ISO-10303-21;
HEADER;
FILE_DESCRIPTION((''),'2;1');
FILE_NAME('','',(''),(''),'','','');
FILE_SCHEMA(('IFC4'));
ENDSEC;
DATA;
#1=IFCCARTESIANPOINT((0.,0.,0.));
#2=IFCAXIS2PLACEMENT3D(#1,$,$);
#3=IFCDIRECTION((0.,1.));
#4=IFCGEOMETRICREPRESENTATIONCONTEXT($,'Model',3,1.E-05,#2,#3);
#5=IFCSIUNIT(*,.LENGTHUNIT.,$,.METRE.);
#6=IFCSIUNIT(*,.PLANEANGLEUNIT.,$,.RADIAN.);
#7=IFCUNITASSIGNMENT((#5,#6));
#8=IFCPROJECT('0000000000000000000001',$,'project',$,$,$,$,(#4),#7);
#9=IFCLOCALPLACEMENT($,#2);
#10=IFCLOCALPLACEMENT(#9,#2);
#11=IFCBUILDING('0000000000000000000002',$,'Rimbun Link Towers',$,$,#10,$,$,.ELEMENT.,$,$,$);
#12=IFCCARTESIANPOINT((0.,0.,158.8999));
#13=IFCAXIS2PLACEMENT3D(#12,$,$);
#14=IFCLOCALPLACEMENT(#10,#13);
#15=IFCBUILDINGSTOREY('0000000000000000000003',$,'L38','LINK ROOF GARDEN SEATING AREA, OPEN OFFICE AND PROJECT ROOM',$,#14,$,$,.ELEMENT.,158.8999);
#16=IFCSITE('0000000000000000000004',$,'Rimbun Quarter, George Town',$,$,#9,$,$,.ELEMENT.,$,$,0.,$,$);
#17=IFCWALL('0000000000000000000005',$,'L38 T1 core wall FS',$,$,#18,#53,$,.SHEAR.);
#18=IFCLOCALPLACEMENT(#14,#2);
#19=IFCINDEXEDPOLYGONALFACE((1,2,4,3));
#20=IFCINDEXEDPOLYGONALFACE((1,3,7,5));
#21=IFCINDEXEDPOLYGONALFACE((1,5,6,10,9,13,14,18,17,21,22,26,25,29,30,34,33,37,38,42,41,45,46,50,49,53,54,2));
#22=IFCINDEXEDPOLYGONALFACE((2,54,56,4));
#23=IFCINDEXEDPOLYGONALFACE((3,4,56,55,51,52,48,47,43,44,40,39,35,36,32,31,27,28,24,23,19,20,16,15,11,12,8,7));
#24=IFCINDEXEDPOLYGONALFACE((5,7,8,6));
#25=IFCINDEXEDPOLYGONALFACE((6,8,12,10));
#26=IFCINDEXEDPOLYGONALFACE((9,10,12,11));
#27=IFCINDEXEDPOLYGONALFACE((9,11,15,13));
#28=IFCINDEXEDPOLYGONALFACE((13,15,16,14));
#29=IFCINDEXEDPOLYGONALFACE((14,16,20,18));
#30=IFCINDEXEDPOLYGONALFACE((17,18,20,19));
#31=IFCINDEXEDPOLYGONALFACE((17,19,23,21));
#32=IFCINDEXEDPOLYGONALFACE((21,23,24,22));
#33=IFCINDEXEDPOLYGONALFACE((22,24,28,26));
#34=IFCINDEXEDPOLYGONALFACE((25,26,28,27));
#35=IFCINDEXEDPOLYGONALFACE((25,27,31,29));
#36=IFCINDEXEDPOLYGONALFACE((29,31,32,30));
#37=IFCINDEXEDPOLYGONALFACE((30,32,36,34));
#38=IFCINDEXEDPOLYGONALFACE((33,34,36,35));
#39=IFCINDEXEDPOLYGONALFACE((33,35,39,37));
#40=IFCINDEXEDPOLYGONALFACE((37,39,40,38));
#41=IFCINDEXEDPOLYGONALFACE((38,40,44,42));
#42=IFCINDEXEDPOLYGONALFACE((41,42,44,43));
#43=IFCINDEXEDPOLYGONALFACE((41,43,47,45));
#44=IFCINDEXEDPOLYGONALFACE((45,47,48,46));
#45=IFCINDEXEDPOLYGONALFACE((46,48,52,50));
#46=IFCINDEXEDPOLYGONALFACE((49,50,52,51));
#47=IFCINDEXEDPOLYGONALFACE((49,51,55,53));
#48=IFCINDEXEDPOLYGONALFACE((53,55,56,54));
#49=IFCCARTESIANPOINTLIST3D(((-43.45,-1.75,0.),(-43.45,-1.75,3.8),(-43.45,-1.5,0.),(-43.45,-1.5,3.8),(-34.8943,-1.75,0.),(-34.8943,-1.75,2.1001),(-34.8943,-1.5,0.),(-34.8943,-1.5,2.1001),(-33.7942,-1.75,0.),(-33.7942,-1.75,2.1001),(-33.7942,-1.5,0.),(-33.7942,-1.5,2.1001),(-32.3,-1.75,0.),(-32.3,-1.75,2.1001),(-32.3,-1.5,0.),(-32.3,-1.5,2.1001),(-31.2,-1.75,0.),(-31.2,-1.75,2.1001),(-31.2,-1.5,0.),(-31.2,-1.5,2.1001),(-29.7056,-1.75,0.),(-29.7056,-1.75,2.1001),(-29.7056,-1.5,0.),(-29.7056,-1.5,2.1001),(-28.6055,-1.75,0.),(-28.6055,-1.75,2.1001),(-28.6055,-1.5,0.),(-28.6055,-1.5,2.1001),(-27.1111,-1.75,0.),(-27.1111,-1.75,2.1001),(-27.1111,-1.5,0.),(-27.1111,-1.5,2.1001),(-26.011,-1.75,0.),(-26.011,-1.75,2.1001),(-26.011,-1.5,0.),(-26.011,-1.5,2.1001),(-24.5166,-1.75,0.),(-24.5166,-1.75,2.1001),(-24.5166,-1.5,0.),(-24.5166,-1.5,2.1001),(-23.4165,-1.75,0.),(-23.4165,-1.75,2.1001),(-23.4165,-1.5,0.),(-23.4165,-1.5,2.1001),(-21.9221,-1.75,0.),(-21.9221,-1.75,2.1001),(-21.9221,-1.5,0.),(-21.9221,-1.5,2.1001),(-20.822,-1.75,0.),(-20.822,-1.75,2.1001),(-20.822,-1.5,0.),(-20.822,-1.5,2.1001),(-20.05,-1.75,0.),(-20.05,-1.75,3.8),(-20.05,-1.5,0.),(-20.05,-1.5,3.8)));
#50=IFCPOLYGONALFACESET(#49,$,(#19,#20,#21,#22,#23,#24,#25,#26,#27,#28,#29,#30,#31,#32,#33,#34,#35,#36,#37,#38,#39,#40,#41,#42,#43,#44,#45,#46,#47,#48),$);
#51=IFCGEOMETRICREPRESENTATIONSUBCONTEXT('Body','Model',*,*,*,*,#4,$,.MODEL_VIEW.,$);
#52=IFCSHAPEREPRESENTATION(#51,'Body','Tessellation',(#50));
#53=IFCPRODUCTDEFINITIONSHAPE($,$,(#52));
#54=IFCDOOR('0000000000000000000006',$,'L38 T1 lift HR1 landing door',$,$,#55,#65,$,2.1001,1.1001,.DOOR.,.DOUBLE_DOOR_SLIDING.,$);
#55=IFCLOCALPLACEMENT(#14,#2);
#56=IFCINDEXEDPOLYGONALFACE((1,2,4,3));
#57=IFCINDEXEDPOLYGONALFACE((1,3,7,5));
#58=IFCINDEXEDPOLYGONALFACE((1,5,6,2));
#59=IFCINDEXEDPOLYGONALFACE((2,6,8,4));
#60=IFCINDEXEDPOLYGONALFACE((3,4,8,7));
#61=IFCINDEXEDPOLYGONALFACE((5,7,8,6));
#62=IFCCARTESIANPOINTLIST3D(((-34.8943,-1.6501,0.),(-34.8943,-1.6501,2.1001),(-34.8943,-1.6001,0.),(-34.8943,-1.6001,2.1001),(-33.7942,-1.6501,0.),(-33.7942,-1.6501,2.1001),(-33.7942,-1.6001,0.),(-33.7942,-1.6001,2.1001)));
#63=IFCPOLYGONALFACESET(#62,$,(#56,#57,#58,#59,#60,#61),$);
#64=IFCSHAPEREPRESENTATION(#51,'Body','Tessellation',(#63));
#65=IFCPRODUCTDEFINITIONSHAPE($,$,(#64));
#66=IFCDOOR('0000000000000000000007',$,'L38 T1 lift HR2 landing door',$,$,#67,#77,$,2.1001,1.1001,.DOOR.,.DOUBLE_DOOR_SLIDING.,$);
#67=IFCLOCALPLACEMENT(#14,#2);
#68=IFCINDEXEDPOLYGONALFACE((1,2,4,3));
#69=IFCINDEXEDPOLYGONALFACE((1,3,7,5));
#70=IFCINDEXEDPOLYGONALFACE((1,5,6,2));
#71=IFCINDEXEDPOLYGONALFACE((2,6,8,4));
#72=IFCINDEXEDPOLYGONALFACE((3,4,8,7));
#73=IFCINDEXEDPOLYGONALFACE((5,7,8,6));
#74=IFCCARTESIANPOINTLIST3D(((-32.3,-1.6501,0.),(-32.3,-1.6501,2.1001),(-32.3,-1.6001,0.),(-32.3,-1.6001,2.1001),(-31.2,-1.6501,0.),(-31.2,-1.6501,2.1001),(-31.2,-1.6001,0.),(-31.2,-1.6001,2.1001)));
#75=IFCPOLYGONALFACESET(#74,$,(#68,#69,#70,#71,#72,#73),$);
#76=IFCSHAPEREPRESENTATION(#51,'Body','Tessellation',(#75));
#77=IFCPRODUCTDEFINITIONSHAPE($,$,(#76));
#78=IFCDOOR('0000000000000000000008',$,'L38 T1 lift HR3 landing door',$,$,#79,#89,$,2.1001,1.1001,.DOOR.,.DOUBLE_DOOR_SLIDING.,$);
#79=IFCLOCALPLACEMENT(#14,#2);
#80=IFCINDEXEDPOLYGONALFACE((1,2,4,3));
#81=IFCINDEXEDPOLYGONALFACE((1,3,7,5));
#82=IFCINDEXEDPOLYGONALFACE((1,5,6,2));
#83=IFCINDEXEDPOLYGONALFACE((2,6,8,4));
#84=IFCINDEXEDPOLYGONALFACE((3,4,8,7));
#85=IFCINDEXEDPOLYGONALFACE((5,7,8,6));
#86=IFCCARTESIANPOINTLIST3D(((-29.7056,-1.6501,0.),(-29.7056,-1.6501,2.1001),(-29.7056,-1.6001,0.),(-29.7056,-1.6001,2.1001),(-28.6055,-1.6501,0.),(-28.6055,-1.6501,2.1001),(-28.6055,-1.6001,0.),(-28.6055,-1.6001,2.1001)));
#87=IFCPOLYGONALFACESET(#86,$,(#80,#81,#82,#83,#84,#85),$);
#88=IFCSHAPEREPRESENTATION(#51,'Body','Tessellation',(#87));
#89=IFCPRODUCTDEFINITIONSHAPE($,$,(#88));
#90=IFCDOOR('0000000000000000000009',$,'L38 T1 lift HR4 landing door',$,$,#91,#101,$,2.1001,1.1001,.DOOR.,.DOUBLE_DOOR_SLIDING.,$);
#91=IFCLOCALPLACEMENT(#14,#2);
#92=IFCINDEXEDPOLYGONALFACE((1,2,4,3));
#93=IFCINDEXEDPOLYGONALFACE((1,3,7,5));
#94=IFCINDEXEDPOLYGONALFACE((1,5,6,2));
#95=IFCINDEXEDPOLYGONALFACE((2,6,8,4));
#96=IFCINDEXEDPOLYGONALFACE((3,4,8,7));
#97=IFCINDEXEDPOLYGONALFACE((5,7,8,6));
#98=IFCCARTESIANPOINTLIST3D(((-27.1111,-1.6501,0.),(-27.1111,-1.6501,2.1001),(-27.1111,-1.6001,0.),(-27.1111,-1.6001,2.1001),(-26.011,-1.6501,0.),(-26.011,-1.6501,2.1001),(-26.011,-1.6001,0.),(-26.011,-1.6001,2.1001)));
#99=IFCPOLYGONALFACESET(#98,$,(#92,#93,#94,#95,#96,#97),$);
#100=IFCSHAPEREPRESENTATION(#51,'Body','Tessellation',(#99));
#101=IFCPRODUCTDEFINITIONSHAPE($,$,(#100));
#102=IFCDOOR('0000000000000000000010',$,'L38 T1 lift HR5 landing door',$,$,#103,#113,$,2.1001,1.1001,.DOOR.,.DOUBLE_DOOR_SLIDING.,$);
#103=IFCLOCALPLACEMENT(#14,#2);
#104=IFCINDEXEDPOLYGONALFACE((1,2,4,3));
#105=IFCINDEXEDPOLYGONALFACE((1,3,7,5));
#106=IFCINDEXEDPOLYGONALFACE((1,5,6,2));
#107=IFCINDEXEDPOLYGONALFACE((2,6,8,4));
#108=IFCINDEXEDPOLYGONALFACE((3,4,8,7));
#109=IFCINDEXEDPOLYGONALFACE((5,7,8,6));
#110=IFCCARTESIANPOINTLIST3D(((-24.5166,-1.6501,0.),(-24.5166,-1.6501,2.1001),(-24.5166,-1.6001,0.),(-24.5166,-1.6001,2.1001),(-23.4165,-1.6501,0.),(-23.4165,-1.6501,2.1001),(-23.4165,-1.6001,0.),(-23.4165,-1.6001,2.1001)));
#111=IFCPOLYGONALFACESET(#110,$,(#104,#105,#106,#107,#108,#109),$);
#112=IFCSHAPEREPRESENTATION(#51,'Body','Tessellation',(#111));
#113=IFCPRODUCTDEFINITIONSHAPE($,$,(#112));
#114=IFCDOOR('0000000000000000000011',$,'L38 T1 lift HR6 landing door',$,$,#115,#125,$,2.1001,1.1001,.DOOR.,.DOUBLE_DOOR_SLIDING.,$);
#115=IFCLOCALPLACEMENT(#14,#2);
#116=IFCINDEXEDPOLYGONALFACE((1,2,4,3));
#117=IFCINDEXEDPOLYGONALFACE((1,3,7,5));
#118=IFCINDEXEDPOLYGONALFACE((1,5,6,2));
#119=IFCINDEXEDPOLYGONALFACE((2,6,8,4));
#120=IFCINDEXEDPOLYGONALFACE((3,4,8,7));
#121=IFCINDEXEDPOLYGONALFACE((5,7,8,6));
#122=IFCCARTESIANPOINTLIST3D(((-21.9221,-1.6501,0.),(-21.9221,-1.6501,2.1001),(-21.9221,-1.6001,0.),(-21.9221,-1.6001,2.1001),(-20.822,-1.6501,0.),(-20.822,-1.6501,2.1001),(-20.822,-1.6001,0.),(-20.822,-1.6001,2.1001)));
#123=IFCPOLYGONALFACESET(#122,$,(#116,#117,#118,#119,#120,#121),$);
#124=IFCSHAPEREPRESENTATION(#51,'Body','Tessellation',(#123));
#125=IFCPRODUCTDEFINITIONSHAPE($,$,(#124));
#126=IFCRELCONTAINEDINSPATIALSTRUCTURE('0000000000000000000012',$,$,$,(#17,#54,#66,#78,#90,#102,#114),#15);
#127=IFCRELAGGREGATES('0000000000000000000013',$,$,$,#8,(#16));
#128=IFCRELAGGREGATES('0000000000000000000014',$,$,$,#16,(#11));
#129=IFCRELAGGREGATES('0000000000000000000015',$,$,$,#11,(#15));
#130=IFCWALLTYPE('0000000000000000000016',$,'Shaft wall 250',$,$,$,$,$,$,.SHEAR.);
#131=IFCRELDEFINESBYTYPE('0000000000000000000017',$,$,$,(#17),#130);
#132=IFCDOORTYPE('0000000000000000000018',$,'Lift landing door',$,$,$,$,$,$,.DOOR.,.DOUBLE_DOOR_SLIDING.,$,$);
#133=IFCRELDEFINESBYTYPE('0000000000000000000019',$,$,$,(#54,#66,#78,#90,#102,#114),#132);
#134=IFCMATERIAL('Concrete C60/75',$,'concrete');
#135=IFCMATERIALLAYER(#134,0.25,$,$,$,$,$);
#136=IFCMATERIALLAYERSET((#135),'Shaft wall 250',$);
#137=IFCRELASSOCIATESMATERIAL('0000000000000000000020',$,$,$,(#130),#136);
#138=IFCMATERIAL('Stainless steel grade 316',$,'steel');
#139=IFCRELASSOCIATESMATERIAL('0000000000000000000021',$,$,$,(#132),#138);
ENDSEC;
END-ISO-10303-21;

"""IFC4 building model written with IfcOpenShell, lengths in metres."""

from ifc_helpers import new_model, si_unit, direction, frame, frame_2d, origin, place, context, subcontext, project, spatial, rectangle, extrude, material, layer, layer_set, type_object, element, fill, save


model = new_model("IFC4")

# Units and contexts
model_context = context("Model", 3, precision=1e-05, world=origin(), true_north=direction((0.0, 1.0)))
body_context = subcontext(model_context, "Body", "Model", "MODEL_VIEW")
ifc_project = project(units=[si_unit("LENGTHUNIT", "METRE"), si_unit("PLANEANGLEUNIT", "RADIAN")], contexts=[model_context])

# Site, building, storey
site_placement = place(None, origin())
site = spatial("IfcSite", under=ifc_project, at=site_placement, Name="Rimbun Quarter, George Town", CompositionType="ELEMENT", RefElevation=0.0)
building_placement = place(site_placement, origin())
building = spatial("IfcBuilding", under=site, at=building_placement, Name="Rimbun Link Towers", CompositionType="ELEMENT")
storey_placement = place(building_placement, frame((0.0, 0.0, 158.8999)))
storey = spatial("IfcBuildingStorey", under=building, at=storey_placement, Name="L38", Description="LINK ROOF GARDEN SEATING AREA, OPEN OFFICE AND PROJECT ROOM", CompositionType="ELEMENT", Elevation=158.8999)

# Shared definitions
ifc_material_1 = material(Name="Concrete C60/75", Category="concrete")
ifc_layer_1 = layer(ifc_material_1, 0.25)
ifc_layer_set_1 = layer_set([ifc_layer_1], Name="Shaft wall 250")
wall_type_1 = type_object("IfcWallType", Name="Shaft wall 250", PredefinedType="SHEAR", material=ifc_layer_set_1)

# Wall, openings, doors
wall_1_placement = place(storey_placement, frame((-43.45, -1.625, 0.0), z_axis=(0.0, 0.0, 1.0), x_axis=(1.0, 0.0, 0.0)))
wall_1 = element("IfcWall", 1, at=wall_1_placement, inside=storey, type_object=wall_type_1, Name="L38 T1 core wall FS", PredefinedType="SHEAR", context=body_context, shape_type="SweptSolid", body=[
    extrude(rectangle(XDim=23.3999, YDim=0.25, at=frame_2d((11.7, 0.0))), origin(), (0.0, 0.0, 1.0), 3.8),
])
opening_1_placement = place(wall_1_placement, frame((8.5557, 0.0, 0.0)))
opening_1 = element("IfcOpeningElement", 2, at=opening_1_placement, cuts=wall_1, PredefinedType="OPENING", context=body_context, shape_type="SweptSolid", body=[
    extrude(rectangle(XDim=1.1001, YDim=2.1001, at=frame_2d((0.55, 1.05))), frame((0.0, 0.135, 0.0), z_axis=(0.0, -1.0, 0.0), x_axis=(1.0, 0.0, 0.0)), (0.0, 0.0, 1.0), 0.27),
])
opening_2_placement = place(wall_1_placement, frame((11.1499, 0.0, 0.0)))
opening_2 = element("IfcOpeningElement", 3, at=opening_2_placement, cuts=wall_1, PredefinedType="OPENING", context=body_context, shape_type="SweptSolid", body=[
    extrude(rectangle(XDim=1.1001, YDim=2.1001, at=frame_2d((0.55, 1.05))), frame((0.0, 0.135, 0.0), z_axis=(0.0, -1.0, 0.0), x_axis=(1.0, 0.0, 0.0)), (0.0, 0.0, 1.0), 0.27),
])
opening_3_placement = place(wall_1_placement, frame((13.7444, 0.0, 0.0)))
opening_3 = element("IfcOpeningElement", 4, at=opening_3_placement, cuts=wall_1, PredefinedType="OPENING", context=body_context, shape_type="SweptSolid", body=[
    extrude(rectangle(XDim=1.1001, YDim=2.1001, at=frame_2d((0.55, 1.05))), frame((0.0, 0.135, 0.0), z_axis=(0.0, -1.0, 0.0), x_axis=(1.0, 0.0, 0.0)), (0.0, 0.0, 1.0), 0.27),
])
opening_4_placement = place(wall_1_placement, frame((16.3389, 0.0, 0.0)))
opening_4 = element("IfcOpeningElement", 5, at=opening_4_placement, cuts=wall_1, PredefinedType="OPENING", context=body_context, shape_type="SweptSolid", body=[
    extrude(rectangle(XDim=1.1001, YDim=2.1001, at=frame_2d((0.55, 1.05))), frame((0.0, 0.135, 0.0), z_axis=(0.0, -1.0, 0.0), x_axis=(1.0, 0.0, 0.0)), (0.0, 0.0, 1.0), 0.27),
])
opening_5_placement = place(wall_1_placement, frame((18.9333, 0.0, 0.0)))
opening_5 = element("IfcOpeningElement", 6, at=opening_5_placement, cuts=wall_1, PredefinedType="OPENING", context=body_context, shape_type="SweptSolid", body=[
    extrude(rectangle(XDim=1.1001, YDim=2.1001, at=frame_2d((0.55, 1.05))), frame((0.0, 0.135, 0.0), z_axis=(0.0, -1.0, 0.0), x_axis=(1.0, 0.0, 0.0)), (0.0, 0.0, 1.0), 0.27),
])
opening_6_placement = place(wall_1_placement, frame((21.5278, 0.0, 0.0)))
opening_6 = element("IfcOpeningElement", 7, at=opening_6_placement, cuts=wall_1, PredefinedType="OPENING", context=body_context, shape_type="SweptSolid", body=[
    extrude(rectangle(XDim=1.1001, YDim=2.1001, at=frame_2d((0.55, 1.05))), frame((0.0, 0.135, 0.0), z_axis=(0.0, -1.0, 0.0), x_axis=(1.0, 0.0, 0.0)), (0.0, 0.0, 1.0), 0.27),
])
ifc_material_2 = material(Name="Stainless steel grade 316", Category="steel")
door_type_1 = type_object("IfcDoorType", Name="Lift landing door", OperationType="DOUBLE_DOOR_SLIDING", PredefinedType="DOOR", material=ifc_material_2)
door_1_placement = place(opening_1_placement, origin())
door_1 = element("IfcDoor", 8, at=door_1_placement, inside=storey, type_object=door_type_1, Name="L38 T1 lift HR1 landing door", OperationType="DOUBLE_DOOR_SLIDING", OverallHeight=2.1001, OverallWidth=1.1001, PredefinedType="DOOR", context=body_context, shape_type="SweptSolid", body=[
    extrude(rectangle(XDim=1.1001, YDim=2.1001, at=frame_2d((0.55, 1.05))), frame((0.0, 0.0249, 0.0), z_axis=(0.0, -1.0, 0.0), x_axis=(1.0, 0.0, 0.0)), (0.0, 0.0, 1.0), 0.05),
])
fill(opening_1, door_1)
door_2_placement = place(opening_2_placement, origin())
door_2 = element("IfcDoor", 9, at=door_2_placement, inside=storey, type_object=door_type_1, Name="L38 T1 lift HR2 landing door", OperationType="DOUBLE_DOOR_SLIDING", OverallHeight=2.1001, OverallWidth=1.1001, PredefinedType="DOOR", context=body_context, shape_type="SweptSolid", body=[
    extrude(rectangle(XDim=1.1001, YDim=2.1001, at=frame_2d((0.55, 1.05))), frame((0.0, 0.0249, 0.0), z_axis=(0.0, -1.0, 0.0), x_axis=(1.0, 0.0, 0.0)), (0.0, 0.0, 1.0), 0.05),
])
fill(opening_2, door_2)
door_3_placement = place(opening_3_placement, origin())
door_3 = element("IfcDoor", 10, at=door_3_placement, inside=storey, type_object=door_type_1, Name="L38 T1 lift HR3 landing door", OperationType="DOUBLE_DOOR_SLIDING", OverallHeight=2.1001, OverallWidth=1.1001, PredefinedType="DOOR", context=body_context, shape_type="SweptSolid", body=[
    extrude(rectangle(XDim=1.1001, YDim=2.1001, at=frame_2d((0.55, 1.05))), frame((0.0, 0.0249, 0.0), z_axis=(0.0, -1.0, 0.0), x_axis=(1.0, 0.0, 0.0)), (0.0, 0.0, 1.0), 0.05),
])
fill(opening_3, door_3)
door_4_placement = place(opening_4_placement, origin())
door_4 = element("IfcDoor", 11, at=door_4_placement, inside=storey, type_object=door_type_1, Name="L38 T1 lift HR4 landing door", OperationType="DOUBLE_DOOR_SLIDING", OverallHeight=2.1001, OverallWidth=1.1001, PredefinedType="DOOR", context=body_context, shape_type="SweptSolid", body=[
    extrude(rectangle(XDim=1.1001, YDim=2.1001, at=frame_2d((0.55, 1.05))), frame((0.0, 0.0249, 0.0), z_axis=(0.0, -1.0, 0.0), x_axis=(1.0, 0.0, 0.0)), (0.0, 0.0, 1.0), 0.05),
])
fill(opening_4, door_4)
door_5_placement = place(opening_5_placement, origin())
door_5 = element("IfcDoor", 12, at=door_5_placement, inside=storey, type_object=door_type_1, Name="L38 T1 lift HR5 landing door", OperationType="DOUBLE_DOOR_SLIDING", OverallHeight=2.1001, OverallWidth=1.1001, PredefinedType="DOOR", context=body_context, shape_type="SweptSolid", body=[
    extrude(rectangle(XDim=1.1001, YDim=2.1001, at=frame_2d((0.55, 1.05))), frame((0.0, 0.0249, 0.0), z_axis=(0.0, -1.0, 0.0), x_axis=(1.0, 0.0, 0.0)), (0.0, 0.0, 1.0), 0.05),
])
fill(opening_5, door_5)
door_6_placement = place(opening_6_placement, origin())
door_6 = element("IfcDoor", 13, at=door_6_placement, inside=storey, type_object=door_type_1, Name="L38 T1 lift HR6 landing door", OperationType="DOUBLE_DOOR_SLIDING", OverallHeight=2.1001, OverallWidth=1.1001, PredefinedType="DOOR", context=body_context, shape_type="SweptSolid", body=[
    extrude(rectangle(XDim=1.1001, YDim=2.1001, at=frame_2d((0.55, 1.05))), frame((0.0, 0.0249, 0.0), z_axis=(0.0, -1.0, 0.0), x_axis=(1.0, 0.0, 0.0)), (0.0, 0.0, 1.0), 0.05),
])
fill(opening_6, door_6)

save(model, "model.ifc")
